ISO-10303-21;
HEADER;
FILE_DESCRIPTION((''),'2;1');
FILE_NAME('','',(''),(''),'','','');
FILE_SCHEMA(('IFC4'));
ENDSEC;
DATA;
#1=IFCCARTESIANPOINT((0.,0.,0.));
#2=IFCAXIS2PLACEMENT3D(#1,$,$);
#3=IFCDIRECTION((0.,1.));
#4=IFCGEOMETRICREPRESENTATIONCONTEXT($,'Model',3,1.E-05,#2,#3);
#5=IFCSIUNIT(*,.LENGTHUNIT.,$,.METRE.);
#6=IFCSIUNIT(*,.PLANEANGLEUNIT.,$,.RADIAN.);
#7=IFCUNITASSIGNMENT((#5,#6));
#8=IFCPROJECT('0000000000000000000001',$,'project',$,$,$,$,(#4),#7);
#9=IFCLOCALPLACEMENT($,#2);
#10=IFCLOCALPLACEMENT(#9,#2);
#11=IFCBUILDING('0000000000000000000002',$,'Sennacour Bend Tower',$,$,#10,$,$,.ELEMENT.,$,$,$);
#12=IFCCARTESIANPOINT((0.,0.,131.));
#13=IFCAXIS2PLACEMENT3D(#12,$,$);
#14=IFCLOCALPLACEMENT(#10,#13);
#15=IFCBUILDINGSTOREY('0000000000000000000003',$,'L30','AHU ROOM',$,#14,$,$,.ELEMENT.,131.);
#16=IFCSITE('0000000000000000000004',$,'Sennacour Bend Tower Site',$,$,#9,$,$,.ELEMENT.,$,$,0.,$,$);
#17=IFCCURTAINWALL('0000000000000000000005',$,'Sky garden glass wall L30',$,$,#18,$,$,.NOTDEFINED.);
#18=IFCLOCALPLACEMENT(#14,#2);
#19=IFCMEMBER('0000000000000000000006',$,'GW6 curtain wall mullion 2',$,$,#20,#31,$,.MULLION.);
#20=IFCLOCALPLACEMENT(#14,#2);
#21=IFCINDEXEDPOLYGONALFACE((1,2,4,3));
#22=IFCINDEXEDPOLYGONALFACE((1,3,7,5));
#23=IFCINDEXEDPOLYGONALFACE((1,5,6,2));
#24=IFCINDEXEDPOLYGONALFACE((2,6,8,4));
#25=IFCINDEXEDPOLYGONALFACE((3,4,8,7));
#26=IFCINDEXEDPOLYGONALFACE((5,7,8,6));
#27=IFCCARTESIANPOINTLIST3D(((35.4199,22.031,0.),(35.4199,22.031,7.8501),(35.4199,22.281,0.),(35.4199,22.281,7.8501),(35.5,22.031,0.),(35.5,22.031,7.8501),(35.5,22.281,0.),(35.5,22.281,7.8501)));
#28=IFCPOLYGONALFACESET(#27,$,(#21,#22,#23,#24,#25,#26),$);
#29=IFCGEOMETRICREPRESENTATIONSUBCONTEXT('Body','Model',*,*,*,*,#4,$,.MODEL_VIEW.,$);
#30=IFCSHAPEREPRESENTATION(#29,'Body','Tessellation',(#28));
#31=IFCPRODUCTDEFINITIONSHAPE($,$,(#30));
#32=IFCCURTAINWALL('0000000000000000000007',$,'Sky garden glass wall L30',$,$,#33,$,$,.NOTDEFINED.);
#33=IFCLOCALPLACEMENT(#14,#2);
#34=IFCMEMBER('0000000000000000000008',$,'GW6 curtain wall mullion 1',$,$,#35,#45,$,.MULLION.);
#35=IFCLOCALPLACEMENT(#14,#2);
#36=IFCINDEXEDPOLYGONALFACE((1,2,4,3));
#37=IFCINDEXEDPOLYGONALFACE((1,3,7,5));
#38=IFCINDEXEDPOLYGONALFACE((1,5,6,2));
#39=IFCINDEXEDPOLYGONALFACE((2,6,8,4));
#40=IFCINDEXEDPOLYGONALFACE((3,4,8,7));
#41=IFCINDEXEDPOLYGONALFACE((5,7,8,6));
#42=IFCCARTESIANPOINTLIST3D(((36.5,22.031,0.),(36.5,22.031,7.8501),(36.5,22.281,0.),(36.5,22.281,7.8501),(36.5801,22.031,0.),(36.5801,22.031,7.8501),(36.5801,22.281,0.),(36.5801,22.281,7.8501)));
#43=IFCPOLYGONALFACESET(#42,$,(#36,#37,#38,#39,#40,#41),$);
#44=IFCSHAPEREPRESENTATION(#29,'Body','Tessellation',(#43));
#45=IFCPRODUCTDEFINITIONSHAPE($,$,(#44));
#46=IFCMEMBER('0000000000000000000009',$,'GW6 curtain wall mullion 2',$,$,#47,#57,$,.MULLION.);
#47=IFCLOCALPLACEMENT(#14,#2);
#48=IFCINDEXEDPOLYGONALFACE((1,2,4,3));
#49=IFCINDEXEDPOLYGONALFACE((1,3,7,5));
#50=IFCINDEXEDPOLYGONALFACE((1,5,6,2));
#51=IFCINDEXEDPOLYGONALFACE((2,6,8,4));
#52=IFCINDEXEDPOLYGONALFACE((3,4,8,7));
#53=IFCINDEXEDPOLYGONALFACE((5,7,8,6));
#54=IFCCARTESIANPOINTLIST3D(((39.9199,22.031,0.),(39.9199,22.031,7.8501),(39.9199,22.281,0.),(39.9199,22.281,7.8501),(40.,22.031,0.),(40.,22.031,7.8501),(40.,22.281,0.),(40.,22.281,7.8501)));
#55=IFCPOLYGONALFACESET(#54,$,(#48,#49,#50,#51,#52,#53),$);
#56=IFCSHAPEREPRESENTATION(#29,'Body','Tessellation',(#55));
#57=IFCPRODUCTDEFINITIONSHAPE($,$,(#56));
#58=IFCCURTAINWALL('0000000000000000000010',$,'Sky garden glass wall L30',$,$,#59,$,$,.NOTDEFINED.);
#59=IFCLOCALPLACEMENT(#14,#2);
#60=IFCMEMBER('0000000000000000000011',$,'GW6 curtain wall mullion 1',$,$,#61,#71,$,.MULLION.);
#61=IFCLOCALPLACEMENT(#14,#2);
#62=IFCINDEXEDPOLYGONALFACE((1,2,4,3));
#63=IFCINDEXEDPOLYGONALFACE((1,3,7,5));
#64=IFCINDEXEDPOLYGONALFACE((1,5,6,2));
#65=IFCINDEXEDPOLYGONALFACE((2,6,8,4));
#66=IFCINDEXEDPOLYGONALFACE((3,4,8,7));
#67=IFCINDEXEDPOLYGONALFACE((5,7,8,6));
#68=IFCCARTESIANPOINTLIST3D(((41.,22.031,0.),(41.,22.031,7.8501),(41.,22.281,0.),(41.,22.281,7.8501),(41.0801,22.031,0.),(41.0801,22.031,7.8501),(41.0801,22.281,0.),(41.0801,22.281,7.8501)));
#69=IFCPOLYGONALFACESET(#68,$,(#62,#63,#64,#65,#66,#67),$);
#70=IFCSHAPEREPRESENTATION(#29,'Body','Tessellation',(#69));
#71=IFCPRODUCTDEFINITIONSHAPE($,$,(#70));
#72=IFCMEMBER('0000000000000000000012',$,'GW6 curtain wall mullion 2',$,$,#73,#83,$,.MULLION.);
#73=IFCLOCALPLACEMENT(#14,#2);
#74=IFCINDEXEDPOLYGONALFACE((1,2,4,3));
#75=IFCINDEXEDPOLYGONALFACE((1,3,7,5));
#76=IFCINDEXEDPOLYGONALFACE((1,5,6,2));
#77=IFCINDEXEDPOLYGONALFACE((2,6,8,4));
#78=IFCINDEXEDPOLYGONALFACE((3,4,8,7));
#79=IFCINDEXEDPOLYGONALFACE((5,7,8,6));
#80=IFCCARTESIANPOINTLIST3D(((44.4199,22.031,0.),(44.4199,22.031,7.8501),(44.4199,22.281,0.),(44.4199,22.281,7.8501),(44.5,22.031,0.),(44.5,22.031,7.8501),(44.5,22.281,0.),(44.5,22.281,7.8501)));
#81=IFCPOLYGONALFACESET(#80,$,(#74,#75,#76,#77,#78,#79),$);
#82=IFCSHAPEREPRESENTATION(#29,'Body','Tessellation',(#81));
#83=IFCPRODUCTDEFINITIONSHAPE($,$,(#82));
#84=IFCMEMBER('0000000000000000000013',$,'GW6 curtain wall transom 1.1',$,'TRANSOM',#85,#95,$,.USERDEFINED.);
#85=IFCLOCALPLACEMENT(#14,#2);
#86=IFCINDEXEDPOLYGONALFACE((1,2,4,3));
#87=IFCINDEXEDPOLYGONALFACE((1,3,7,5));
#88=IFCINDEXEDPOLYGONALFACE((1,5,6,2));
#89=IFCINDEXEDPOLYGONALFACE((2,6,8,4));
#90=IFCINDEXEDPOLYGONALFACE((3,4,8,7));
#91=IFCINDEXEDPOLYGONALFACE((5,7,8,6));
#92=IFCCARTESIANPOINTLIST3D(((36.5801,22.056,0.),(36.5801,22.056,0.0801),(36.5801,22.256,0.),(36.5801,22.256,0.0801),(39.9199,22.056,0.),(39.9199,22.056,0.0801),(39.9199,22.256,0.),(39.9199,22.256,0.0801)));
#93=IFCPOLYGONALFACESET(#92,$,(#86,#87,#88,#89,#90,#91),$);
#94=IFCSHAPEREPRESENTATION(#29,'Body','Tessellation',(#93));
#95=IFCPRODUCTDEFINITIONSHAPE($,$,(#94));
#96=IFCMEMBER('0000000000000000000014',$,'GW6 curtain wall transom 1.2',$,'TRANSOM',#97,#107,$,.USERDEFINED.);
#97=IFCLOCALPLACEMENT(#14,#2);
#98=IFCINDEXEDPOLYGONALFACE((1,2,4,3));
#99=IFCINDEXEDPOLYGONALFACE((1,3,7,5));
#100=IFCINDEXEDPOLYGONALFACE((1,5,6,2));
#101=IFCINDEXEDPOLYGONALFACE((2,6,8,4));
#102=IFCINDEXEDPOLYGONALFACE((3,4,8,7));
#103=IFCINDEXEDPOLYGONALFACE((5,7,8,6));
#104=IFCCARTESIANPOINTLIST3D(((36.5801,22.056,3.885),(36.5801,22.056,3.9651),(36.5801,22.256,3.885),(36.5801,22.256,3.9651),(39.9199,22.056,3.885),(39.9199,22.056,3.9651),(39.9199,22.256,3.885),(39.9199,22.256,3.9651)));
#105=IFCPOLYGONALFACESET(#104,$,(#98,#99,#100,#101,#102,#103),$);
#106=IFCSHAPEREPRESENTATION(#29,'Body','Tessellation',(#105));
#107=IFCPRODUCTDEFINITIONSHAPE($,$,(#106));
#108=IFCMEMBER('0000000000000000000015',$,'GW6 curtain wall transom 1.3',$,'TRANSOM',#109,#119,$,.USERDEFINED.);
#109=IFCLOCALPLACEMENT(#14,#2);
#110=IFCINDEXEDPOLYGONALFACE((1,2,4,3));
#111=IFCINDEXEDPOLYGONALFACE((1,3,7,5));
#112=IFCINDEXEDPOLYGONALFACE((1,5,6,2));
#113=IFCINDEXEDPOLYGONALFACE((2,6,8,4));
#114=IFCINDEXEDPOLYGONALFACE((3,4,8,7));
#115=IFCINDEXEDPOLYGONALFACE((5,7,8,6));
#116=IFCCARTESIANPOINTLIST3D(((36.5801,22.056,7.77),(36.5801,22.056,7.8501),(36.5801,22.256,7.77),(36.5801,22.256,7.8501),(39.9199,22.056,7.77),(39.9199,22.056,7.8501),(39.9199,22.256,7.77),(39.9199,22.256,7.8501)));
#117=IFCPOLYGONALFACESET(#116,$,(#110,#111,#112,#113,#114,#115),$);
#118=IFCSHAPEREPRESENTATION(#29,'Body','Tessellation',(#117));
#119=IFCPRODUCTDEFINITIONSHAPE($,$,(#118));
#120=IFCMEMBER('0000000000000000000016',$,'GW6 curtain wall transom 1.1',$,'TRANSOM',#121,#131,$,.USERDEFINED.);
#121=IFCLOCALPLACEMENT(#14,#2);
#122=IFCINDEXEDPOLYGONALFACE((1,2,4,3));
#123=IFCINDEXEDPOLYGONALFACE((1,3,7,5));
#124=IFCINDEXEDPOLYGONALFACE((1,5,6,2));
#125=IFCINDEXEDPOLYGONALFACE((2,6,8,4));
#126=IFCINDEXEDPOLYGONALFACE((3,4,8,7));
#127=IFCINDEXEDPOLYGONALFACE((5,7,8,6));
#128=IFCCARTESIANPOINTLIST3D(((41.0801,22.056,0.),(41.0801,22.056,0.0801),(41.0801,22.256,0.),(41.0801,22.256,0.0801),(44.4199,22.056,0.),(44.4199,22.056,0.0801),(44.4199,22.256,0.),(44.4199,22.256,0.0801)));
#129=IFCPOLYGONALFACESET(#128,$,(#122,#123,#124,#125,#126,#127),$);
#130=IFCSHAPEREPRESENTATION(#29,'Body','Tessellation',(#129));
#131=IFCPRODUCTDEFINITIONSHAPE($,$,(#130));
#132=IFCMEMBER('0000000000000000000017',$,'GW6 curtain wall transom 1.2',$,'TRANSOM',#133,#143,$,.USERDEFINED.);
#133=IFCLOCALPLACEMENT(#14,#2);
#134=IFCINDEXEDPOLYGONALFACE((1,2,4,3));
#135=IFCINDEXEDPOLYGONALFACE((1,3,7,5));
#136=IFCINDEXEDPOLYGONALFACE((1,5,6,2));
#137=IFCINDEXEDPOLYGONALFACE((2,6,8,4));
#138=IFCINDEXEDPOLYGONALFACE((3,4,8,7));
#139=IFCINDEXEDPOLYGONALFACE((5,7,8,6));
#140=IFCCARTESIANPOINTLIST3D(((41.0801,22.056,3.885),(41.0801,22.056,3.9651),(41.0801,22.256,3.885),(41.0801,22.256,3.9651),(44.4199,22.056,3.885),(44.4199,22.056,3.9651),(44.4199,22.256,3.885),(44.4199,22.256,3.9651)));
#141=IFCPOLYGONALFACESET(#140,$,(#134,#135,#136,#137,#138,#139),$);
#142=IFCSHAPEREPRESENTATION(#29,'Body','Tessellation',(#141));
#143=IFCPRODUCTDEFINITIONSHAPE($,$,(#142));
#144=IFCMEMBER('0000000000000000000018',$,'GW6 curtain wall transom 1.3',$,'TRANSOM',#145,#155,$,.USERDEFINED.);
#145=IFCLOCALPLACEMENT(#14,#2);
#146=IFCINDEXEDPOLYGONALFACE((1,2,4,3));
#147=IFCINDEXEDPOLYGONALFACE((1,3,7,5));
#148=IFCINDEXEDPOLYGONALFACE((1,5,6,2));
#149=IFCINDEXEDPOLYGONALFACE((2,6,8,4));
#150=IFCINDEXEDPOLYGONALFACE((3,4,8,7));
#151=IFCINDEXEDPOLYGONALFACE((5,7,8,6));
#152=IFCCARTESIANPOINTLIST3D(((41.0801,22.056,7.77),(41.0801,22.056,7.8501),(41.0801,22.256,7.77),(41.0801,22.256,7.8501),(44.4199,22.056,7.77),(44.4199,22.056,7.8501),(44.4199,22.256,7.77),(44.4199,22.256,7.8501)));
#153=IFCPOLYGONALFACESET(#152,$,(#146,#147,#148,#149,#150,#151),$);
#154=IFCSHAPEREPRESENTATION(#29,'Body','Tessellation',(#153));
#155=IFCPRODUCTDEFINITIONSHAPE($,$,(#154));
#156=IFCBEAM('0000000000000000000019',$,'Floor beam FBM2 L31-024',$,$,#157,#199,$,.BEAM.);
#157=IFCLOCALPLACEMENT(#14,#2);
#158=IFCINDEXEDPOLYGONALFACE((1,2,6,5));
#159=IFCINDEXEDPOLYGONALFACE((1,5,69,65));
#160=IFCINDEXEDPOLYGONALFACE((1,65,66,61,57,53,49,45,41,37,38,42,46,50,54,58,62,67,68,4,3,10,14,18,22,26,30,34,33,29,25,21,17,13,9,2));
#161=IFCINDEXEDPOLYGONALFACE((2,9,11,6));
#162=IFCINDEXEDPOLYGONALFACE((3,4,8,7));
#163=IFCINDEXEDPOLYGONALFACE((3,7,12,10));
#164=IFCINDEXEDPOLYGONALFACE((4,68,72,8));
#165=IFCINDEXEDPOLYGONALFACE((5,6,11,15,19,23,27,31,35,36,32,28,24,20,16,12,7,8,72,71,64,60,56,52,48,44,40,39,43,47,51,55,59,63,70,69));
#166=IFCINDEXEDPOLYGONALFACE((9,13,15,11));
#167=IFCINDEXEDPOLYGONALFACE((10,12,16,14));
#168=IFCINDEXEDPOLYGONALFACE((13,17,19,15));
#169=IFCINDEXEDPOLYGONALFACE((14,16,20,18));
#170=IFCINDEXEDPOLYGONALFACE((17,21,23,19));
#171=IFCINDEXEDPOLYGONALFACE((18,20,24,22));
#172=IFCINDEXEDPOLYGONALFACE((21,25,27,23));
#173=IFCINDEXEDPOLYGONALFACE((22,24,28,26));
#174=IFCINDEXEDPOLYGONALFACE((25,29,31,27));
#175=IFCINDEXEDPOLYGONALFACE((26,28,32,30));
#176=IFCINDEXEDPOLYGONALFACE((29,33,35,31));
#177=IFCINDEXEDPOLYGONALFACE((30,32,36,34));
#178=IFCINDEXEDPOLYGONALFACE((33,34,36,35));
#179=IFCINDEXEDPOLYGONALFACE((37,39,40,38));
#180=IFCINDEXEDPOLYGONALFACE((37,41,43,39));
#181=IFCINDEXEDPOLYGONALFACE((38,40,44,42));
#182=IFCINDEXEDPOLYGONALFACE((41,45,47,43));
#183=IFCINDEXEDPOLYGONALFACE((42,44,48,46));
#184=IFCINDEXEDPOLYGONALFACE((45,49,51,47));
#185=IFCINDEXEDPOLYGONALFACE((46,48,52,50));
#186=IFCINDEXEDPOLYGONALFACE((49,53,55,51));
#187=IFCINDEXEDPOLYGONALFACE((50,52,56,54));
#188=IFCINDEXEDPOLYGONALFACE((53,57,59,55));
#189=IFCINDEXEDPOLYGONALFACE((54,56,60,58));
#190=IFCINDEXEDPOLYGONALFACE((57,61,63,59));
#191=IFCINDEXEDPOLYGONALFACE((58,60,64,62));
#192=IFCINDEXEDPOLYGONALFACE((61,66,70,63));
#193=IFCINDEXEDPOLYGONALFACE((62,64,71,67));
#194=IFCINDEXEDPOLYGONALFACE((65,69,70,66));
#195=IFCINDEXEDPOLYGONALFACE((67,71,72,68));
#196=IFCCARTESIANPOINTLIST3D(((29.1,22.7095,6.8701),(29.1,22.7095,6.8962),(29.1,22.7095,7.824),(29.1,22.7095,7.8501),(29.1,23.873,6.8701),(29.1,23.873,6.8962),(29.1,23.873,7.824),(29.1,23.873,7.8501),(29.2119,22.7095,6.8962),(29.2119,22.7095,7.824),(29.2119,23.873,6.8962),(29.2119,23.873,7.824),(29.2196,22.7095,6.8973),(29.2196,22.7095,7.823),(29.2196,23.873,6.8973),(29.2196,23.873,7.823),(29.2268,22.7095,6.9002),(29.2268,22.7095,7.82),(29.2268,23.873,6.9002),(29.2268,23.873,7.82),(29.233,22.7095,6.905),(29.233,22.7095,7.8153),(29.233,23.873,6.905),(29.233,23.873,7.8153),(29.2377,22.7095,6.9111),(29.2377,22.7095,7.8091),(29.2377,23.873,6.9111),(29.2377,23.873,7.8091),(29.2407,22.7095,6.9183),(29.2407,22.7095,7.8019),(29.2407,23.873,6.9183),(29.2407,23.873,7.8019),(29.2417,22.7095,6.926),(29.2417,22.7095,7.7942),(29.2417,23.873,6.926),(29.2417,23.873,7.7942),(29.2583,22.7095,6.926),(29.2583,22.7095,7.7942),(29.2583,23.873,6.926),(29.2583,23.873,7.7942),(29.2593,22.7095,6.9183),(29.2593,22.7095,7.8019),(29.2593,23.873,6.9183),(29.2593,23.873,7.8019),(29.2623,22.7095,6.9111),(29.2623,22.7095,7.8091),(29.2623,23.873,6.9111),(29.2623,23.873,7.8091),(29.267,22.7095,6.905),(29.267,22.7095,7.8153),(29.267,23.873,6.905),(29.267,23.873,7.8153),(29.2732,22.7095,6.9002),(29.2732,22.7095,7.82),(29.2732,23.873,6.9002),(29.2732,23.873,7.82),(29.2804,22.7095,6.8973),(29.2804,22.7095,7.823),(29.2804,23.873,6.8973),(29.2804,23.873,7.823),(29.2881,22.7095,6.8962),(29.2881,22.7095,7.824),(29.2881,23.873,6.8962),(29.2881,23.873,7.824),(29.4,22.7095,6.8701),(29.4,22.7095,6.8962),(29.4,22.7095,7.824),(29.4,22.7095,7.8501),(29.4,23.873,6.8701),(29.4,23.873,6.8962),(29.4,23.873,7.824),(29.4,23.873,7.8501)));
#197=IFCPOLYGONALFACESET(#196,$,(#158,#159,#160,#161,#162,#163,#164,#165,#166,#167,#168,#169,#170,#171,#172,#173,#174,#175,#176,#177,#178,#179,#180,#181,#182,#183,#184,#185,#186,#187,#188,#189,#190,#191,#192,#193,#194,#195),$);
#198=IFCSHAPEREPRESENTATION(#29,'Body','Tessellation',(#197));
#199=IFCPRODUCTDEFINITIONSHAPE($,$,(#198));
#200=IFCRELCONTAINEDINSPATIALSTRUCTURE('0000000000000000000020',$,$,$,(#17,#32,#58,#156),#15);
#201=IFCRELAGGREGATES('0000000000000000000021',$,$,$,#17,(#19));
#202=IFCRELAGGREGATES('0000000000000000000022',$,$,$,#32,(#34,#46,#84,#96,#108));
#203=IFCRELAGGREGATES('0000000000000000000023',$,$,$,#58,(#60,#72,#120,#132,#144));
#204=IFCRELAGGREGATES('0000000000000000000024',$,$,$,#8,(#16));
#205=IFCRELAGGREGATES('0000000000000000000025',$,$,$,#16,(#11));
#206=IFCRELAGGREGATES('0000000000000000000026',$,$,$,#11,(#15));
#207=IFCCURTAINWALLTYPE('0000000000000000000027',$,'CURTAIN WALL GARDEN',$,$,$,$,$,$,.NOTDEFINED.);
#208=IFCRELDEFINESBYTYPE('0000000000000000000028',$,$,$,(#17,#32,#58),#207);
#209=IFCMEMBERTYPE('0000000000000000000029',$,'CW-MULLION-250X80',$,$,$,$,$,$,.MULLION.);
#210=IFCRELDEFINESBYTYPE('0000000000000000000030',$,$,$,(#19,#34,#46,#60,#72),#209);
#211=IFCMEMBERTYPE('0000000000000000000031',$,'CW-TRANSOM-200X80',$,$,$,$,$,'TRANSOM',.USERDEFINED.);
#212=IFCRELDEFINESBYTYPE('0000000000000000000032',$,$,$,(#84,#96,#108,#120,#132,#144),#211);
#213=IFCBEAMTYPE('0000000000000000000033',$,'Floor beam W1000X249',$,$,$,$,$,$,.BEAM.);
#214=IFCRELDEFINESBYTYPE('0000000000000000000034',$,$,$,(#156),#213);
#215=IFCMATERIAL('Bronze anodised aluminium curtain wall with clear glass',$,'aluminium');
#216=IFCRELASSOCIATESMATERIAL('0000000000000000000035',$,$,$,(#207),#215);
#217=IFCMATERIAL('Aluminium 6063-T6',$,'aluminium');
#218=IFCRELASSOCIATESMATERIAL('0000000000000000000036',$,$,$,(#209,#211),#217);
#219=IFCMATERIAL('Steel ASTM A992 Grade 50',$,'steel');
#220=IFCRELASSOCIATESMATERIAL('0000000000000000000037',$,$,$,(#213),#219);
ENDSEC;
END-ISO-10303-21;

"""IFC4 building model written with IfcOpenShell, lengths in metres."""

from ifc_helpers import new_model, si_unit, direction, frame, origin, origin_2d, place, context, subcontext, project, spatial, rectangle, i_section, extrude, material, material_profile, profile_set, type_object, element, aggregate, save


model = new_model("IFC4")

# Units and contexts
model_context = context("Model", 3, precision=1e-05, world=origin(), true_north=direction((0.0, 1.0)))
body_context = subcontext(model_context, "Body", "Model", "MODEL_VIEW")
ifc_project = project(units=[si_unit("LENGTHUNIT", "METRE"), si_unit("PLANEANGLEUNIT", "RADIAN")], contexts=[model_context])

# Site, building, storey
site_placement = place(None, origin())
site = spatial("IfcSite", under=ifc_project, at=site_placement, Name="Sennacour Bend Tower Site", CompositionType="ELEMENT", RefElevation=0.0)
building_placement = place(site_placement, origin())
building = spatial("IfcBuilding", under=site, at=building_placement, Name="Sennacour Bend Tower", CompositionType="ELEMENT")
storey_placement = place(building_placement, frame((0.0, 0.0, 131.0)))
storey = spatial("IfcBuildingStorey", under=building, at=storey_placement, Name="L30", Description="AHU ROOM", CompositionType="ELEMENT", Elevation=131.0)

# Shared definitions
ifc_material_1 = material(Name="Steel ASTM A992 Grade 50", Category="steel")

# Curtain wall, member
ifc_material_2 = material(Name="Bronze anodised aluminium curtain wall with clear glass", Category="aluminium")
curtain_wall_type = type_object("IfcCurtainWallType", Name="CURTAIN WALL GARDEN", PredefinedType="NOTDEFINED", material=ifc_material_2)
curtain_wall_1_placement = place(storey_placement, origin())
curtain_wall_1 = element("IfcCurtainWall", 1, at=curtain_wall_1_placement, inside=storey, type_object=curtain_wall_type, Name="Sky garden glass wall L30", PredefinedType="NOTDEFINED")
ifc_material_3 = material(Name="Aluminium 6063-T6", Category="aluminium")
ifc_material_profile_1 = material_profile(ifc_material_3, rectangle(XDim=0.25, YDim=0.0801, at=origin_2d()), Name="Aluminium 6063-T6", Category="aluminium")
ifc_profile_set_1 = profile_set([ifc_material_profile_1], Name="Aluminium 6063-T6")
member_type_1 = type_object("IfcMemberType", Name="CW-MULLION-250X80", PredefinedType="MULLION", material=ifc_profile_set_1)
member_1_placement = place(storey_placement, frame((35.46, 22.156, 0.0), z_axis=(0.0, 0.0, 1.0), x_axis=(0.0, 1.0, 0.0)))
member_1 = element("IfcMember", 2, at=member_1_placement, type_object=member_type_1, Name="GW6 curtain wall mullion 2", PredefinedType="MULLION", context=body_context, shape_type="SweptSolid", body=[
    extrude(rectangle(XDim=0.25, YDim=0.0801, at=origin_2d()), origin(), (0.0, 0.0, 1.0), 7.8501),
])
aggregate(curtain_wall_1, [member_1])

# Curtain walls, members
curtain_wall_2_placement = place(storey_placement, origin())
curtain_wall_2 = element("IfcCurtainWall", 3, at=curtain_wall_2_placement, inside=storey, type_object=curtain_wall_type, Name="Sky garden glass wall L30", PredefinedType="NOTDEFINED")
member_2_placement = place(storey_placement, frame((36.54, 22.156, 0.0), z_axis=(0.0, 0.0, 1.0), x_axis=(0.0, 1.0, 0.0)))
member_2 = element("IfcMember", 4, at=member_2_placement, type_object=member_type_1, Name="GW6 curtain wall mullion 1", PredefinedType="MULLION", context=body_context, shape_type="SweptSolid", body=[
    extrude(rectangle(XDim=0.25, YDim=0.0801, at=origin_2d()), origin(), (0.0, 0.0, 1.0), 7.8501),
])
member_3_placement = place(storey_placement, frame((39.96, 22.156, 0.0), z_axis=(0.0, 0.0, 1.0), x_axis=(0.0, 1.0, 0.0)))
member_3 = element("IfcMember", 5, at=member_3_placement, type_object=member_type_1, Name="GW6 curtain wall mullion 2", PredefinedType="MULLION", context=body_context, shape_type="SweptSolid", body=[
    extrude(rectangle(XDim=0.25, YDim=0.0801, at=origin_2d()), origin(), (0.0, 0.0, 1.0), 7.8501),
])
curtain_wall_3_placement = place(storey_placement, origin())
curtain_wall_3 = element("IfcCurtainWall", 6, at=curtain_wall_3_placement, inside=storey, type_object=curtain_wall_type, Name="Sky garden glass wall L30", PredefinedType="NOTDEFINED")
member_4_placement = place(storey_placement, frame((41.04, 22.156, 0.0), z_axis=(0.0, 0.0, 1.0), x_axis=(0.0, 1.0, 0.0)))
member_4 = element("IfcMember", 7, at=member_4_placement, type_object=member_type_1, Name="GW6 curtain wall mullion 1", PredefinedType="MULLION", context=body_context, shape_type="SweptSolid", body=[
    extrude(rectangle(XDim=0.25, YDim=0.0801, at=origin_2d()), origin(), (0.0, 0.0, 1.0), 7.8501),
])
member_5_placement = place(storey_placement, frame((44.46, 22.156, 0.0), z_axis=(0.0, 0.0, 1.0), x_axis=(0.0, 1.0, 0.0)))
member_5 = element("IfcMember", 8, at=member_5_placement, type_object=member_type_1, Name="GW6 curtain wall mullion 2", PredefinedType="MULLION", context=body_context, shape_type="SweptSolid", body=[
    extrude(rectangle(XDim=0.25, YDim=0.0801, at=origin_2d()), origin(), (0.0, 0.0, 1.0), 7.8501),
])

# Members
ifc_material_profile_2 = material_profile(ifc_material_3, rectangle(XDim=0.2, YDim=0.0801, at=origin_2d()), Name="Aluminium 6063-T6", Category="aluminium")
ifc_profile_set_2 = profile_set([ifc_material_profile_2], Name="Aluminium 6063-T6")
member_type_2 = type_object("IfcMemberType", Name="CW-TRANSOM-200X80", ElementType="TRANSOM", PredefinedType="USERDEFINED", material=ifc_profile_set_2)
member_6_placement = place(storey_placement, frame((36.5801, 22.156, 0.04), z_axis=(1.0, 0.0, 0.0), x_axis=(0.0, 1.0, 0.0)))
member_6 = element("IfcMember", 9, at=member_6_placement, type_object=member_type_2, Name="GW6 curtain wall transom 1.1", ObjectType="TRANSOM", PredefinedType="USERDEFINED", context=body_context, shape_type="SweptSolid", body=[
    extrude(rectangle(XDim=0.2, YDim=0.0801, at=origin_2d()), origin(), (0.0, 0.0, 1.0), 3.3398),
])
member_7_placement = place(storey_placement, frame((36.5801, 22.156, 3.925), z_axis=(1.0, 0.0, 0.0), x_axis=(0.0, 1.0, 0.0)))
member_7 = element("IfcMember", 10, at=member_7_placement, type_object=member_type_2, Name="GW6 curtain wall transom 1.2", ObjectType="TRANSOM", PredefinedType="USERDEFINED", context=body_context, shape_type="SweptSolid", body=[
    extrude(rectangle(XDim=0.2, YDim=0.0801, at=origin_2d()), origin(), (0.0, 0.0, 1.0), 3.3398),
])
member_8_placement = place(storey_placement, frame((36.5801, 22.156, 7.8101), z_axis=(1.0, 0.0, 0.0), x_axis=(0.0, 1.0, 0.0)))
member_8 = element("IfcMember", 11, at=member_8_placement, type_object=member_type_2, Name="GW6 curtain wall transom 1.3", ObjectType="TRANSOM", PredefinedType="USERDEFINED", context=body_context, shape_type="SweptSolid", body=[
    extrude(rectangle(XDim=0.2, YDim=0.0801, at=origin_2d()), origin(), (0.0, 0.0, 1.0), 3.3398),
])
member_9_placement = place(storey_placement, frame((41.0801, 22.156, 0.04), z_axis=(1.0, 0.0, 0.0), x_axis=(0.0, 1.0, 0.0)))
member_9 = element("IfcMember", 12, at=member_9_placement, type_object=member_type_2, Name="GW6 curtain wall transom 1.1", ObjectType="TRANSOM", PredefinedType="USERDEFINED", context=body_context, shape_type="SweptSolid", body=[
    extrude(rectangle(XDim=0.2, YDim=0.0801, at=origin_2d()), origin(), (0.0, 0.0, 1.0), 3.3398),
])
member_10_placement = place(storey_placement, frame((41.0801, 22.156, 3.925), z_axis=(1.0, 0.0, 0.0), x_axis=(0.0, 1.0, 0.0)))
member_10 = element("IfcMember", 13, at=member_10_placement, type_object=member_type_2, Name="GW6 curtain wall transom 1.2", ObjectType="TRANSOM", PredefinedType="USERDEFINED", context=body_context, shape_type="SweptSolid", body=[
    extrude(rectangle(XDim=0.2, YDim=0.0801, at=origin_2d()), origin(), (0.0, 0.0, 1.0), 3.3398),
])
member_11_placement = place(storey_placement, frame((41.0801, 22.156, 7.8101), z_axis=(1.0, 0.0, 0.0), x_axis=(0.0, 1.0, 0.0)))
member_11 = element("IfcMember", 14, at=member_11_placement, type_object=member_type_2, Name="GW6 curtain wall transom 1.3", ObjectType="TRANSOM", PredefinedType="USERDEFINED", context=body_context, shape_type="SweptSolid", body=[
    extrude(rectangle(XDim=0.2, YDim=0.0801, at=origin_2d()), origin(), (0.0, 0.0, 1.0), 3.3398),
])

# Beam
ifc_material_profile_3 = material_profile(ifc_material_1, i_section(OverallWidth=0.3, OverallDepth=0.98, WebThickness=0.0166, FlangeThickness=0.0261, FilletRadius=0.0298, at=origin_2d()), Name="Steel ASTM A992 Grade 50", Category="steel")
ifc_profile_set_3 = profile_set([ifc_material_profile_3], Name="Steel ASTM A992 Grade 50")
beam_type_1 = type_object("IfcBeamType", Name="Floor beam W1000X249", PredefinedType="BEAM", material=ifc_profile_set_3)
beam_placement = place(storey_placement, frame((29.25, 22.7095, 7.3601), z_axis=(0.0, 1.0, 0.0), x_axis=(-1.0, 0.0, 0.0)))
element("IfcBeam", 15, at=beam_placement, inside=storey, type_object=beam_type_1, Name="Floor beam FBM2 L31-024", PredefinedType="BEAM", context=body_context, shape_type="SweptSolid", body=[
    extrude(i_section(OverallWidth=0.3, OverallDepth=0.98, WebThickness=0.0166, FlangeThickness=0.0261, FilletRadius=0.0298, at=origin_2d()), origin(), (0.0, 0.0, 1.0), 1.1636),
])

aggregate(curtain_wall_2, [member_2, member_3, member_6, member_7, member_8])
aggregate(curtain_wall_3, [member_4, member_5, member_9, member_10, member_11])

save(model, "model.ifc")
